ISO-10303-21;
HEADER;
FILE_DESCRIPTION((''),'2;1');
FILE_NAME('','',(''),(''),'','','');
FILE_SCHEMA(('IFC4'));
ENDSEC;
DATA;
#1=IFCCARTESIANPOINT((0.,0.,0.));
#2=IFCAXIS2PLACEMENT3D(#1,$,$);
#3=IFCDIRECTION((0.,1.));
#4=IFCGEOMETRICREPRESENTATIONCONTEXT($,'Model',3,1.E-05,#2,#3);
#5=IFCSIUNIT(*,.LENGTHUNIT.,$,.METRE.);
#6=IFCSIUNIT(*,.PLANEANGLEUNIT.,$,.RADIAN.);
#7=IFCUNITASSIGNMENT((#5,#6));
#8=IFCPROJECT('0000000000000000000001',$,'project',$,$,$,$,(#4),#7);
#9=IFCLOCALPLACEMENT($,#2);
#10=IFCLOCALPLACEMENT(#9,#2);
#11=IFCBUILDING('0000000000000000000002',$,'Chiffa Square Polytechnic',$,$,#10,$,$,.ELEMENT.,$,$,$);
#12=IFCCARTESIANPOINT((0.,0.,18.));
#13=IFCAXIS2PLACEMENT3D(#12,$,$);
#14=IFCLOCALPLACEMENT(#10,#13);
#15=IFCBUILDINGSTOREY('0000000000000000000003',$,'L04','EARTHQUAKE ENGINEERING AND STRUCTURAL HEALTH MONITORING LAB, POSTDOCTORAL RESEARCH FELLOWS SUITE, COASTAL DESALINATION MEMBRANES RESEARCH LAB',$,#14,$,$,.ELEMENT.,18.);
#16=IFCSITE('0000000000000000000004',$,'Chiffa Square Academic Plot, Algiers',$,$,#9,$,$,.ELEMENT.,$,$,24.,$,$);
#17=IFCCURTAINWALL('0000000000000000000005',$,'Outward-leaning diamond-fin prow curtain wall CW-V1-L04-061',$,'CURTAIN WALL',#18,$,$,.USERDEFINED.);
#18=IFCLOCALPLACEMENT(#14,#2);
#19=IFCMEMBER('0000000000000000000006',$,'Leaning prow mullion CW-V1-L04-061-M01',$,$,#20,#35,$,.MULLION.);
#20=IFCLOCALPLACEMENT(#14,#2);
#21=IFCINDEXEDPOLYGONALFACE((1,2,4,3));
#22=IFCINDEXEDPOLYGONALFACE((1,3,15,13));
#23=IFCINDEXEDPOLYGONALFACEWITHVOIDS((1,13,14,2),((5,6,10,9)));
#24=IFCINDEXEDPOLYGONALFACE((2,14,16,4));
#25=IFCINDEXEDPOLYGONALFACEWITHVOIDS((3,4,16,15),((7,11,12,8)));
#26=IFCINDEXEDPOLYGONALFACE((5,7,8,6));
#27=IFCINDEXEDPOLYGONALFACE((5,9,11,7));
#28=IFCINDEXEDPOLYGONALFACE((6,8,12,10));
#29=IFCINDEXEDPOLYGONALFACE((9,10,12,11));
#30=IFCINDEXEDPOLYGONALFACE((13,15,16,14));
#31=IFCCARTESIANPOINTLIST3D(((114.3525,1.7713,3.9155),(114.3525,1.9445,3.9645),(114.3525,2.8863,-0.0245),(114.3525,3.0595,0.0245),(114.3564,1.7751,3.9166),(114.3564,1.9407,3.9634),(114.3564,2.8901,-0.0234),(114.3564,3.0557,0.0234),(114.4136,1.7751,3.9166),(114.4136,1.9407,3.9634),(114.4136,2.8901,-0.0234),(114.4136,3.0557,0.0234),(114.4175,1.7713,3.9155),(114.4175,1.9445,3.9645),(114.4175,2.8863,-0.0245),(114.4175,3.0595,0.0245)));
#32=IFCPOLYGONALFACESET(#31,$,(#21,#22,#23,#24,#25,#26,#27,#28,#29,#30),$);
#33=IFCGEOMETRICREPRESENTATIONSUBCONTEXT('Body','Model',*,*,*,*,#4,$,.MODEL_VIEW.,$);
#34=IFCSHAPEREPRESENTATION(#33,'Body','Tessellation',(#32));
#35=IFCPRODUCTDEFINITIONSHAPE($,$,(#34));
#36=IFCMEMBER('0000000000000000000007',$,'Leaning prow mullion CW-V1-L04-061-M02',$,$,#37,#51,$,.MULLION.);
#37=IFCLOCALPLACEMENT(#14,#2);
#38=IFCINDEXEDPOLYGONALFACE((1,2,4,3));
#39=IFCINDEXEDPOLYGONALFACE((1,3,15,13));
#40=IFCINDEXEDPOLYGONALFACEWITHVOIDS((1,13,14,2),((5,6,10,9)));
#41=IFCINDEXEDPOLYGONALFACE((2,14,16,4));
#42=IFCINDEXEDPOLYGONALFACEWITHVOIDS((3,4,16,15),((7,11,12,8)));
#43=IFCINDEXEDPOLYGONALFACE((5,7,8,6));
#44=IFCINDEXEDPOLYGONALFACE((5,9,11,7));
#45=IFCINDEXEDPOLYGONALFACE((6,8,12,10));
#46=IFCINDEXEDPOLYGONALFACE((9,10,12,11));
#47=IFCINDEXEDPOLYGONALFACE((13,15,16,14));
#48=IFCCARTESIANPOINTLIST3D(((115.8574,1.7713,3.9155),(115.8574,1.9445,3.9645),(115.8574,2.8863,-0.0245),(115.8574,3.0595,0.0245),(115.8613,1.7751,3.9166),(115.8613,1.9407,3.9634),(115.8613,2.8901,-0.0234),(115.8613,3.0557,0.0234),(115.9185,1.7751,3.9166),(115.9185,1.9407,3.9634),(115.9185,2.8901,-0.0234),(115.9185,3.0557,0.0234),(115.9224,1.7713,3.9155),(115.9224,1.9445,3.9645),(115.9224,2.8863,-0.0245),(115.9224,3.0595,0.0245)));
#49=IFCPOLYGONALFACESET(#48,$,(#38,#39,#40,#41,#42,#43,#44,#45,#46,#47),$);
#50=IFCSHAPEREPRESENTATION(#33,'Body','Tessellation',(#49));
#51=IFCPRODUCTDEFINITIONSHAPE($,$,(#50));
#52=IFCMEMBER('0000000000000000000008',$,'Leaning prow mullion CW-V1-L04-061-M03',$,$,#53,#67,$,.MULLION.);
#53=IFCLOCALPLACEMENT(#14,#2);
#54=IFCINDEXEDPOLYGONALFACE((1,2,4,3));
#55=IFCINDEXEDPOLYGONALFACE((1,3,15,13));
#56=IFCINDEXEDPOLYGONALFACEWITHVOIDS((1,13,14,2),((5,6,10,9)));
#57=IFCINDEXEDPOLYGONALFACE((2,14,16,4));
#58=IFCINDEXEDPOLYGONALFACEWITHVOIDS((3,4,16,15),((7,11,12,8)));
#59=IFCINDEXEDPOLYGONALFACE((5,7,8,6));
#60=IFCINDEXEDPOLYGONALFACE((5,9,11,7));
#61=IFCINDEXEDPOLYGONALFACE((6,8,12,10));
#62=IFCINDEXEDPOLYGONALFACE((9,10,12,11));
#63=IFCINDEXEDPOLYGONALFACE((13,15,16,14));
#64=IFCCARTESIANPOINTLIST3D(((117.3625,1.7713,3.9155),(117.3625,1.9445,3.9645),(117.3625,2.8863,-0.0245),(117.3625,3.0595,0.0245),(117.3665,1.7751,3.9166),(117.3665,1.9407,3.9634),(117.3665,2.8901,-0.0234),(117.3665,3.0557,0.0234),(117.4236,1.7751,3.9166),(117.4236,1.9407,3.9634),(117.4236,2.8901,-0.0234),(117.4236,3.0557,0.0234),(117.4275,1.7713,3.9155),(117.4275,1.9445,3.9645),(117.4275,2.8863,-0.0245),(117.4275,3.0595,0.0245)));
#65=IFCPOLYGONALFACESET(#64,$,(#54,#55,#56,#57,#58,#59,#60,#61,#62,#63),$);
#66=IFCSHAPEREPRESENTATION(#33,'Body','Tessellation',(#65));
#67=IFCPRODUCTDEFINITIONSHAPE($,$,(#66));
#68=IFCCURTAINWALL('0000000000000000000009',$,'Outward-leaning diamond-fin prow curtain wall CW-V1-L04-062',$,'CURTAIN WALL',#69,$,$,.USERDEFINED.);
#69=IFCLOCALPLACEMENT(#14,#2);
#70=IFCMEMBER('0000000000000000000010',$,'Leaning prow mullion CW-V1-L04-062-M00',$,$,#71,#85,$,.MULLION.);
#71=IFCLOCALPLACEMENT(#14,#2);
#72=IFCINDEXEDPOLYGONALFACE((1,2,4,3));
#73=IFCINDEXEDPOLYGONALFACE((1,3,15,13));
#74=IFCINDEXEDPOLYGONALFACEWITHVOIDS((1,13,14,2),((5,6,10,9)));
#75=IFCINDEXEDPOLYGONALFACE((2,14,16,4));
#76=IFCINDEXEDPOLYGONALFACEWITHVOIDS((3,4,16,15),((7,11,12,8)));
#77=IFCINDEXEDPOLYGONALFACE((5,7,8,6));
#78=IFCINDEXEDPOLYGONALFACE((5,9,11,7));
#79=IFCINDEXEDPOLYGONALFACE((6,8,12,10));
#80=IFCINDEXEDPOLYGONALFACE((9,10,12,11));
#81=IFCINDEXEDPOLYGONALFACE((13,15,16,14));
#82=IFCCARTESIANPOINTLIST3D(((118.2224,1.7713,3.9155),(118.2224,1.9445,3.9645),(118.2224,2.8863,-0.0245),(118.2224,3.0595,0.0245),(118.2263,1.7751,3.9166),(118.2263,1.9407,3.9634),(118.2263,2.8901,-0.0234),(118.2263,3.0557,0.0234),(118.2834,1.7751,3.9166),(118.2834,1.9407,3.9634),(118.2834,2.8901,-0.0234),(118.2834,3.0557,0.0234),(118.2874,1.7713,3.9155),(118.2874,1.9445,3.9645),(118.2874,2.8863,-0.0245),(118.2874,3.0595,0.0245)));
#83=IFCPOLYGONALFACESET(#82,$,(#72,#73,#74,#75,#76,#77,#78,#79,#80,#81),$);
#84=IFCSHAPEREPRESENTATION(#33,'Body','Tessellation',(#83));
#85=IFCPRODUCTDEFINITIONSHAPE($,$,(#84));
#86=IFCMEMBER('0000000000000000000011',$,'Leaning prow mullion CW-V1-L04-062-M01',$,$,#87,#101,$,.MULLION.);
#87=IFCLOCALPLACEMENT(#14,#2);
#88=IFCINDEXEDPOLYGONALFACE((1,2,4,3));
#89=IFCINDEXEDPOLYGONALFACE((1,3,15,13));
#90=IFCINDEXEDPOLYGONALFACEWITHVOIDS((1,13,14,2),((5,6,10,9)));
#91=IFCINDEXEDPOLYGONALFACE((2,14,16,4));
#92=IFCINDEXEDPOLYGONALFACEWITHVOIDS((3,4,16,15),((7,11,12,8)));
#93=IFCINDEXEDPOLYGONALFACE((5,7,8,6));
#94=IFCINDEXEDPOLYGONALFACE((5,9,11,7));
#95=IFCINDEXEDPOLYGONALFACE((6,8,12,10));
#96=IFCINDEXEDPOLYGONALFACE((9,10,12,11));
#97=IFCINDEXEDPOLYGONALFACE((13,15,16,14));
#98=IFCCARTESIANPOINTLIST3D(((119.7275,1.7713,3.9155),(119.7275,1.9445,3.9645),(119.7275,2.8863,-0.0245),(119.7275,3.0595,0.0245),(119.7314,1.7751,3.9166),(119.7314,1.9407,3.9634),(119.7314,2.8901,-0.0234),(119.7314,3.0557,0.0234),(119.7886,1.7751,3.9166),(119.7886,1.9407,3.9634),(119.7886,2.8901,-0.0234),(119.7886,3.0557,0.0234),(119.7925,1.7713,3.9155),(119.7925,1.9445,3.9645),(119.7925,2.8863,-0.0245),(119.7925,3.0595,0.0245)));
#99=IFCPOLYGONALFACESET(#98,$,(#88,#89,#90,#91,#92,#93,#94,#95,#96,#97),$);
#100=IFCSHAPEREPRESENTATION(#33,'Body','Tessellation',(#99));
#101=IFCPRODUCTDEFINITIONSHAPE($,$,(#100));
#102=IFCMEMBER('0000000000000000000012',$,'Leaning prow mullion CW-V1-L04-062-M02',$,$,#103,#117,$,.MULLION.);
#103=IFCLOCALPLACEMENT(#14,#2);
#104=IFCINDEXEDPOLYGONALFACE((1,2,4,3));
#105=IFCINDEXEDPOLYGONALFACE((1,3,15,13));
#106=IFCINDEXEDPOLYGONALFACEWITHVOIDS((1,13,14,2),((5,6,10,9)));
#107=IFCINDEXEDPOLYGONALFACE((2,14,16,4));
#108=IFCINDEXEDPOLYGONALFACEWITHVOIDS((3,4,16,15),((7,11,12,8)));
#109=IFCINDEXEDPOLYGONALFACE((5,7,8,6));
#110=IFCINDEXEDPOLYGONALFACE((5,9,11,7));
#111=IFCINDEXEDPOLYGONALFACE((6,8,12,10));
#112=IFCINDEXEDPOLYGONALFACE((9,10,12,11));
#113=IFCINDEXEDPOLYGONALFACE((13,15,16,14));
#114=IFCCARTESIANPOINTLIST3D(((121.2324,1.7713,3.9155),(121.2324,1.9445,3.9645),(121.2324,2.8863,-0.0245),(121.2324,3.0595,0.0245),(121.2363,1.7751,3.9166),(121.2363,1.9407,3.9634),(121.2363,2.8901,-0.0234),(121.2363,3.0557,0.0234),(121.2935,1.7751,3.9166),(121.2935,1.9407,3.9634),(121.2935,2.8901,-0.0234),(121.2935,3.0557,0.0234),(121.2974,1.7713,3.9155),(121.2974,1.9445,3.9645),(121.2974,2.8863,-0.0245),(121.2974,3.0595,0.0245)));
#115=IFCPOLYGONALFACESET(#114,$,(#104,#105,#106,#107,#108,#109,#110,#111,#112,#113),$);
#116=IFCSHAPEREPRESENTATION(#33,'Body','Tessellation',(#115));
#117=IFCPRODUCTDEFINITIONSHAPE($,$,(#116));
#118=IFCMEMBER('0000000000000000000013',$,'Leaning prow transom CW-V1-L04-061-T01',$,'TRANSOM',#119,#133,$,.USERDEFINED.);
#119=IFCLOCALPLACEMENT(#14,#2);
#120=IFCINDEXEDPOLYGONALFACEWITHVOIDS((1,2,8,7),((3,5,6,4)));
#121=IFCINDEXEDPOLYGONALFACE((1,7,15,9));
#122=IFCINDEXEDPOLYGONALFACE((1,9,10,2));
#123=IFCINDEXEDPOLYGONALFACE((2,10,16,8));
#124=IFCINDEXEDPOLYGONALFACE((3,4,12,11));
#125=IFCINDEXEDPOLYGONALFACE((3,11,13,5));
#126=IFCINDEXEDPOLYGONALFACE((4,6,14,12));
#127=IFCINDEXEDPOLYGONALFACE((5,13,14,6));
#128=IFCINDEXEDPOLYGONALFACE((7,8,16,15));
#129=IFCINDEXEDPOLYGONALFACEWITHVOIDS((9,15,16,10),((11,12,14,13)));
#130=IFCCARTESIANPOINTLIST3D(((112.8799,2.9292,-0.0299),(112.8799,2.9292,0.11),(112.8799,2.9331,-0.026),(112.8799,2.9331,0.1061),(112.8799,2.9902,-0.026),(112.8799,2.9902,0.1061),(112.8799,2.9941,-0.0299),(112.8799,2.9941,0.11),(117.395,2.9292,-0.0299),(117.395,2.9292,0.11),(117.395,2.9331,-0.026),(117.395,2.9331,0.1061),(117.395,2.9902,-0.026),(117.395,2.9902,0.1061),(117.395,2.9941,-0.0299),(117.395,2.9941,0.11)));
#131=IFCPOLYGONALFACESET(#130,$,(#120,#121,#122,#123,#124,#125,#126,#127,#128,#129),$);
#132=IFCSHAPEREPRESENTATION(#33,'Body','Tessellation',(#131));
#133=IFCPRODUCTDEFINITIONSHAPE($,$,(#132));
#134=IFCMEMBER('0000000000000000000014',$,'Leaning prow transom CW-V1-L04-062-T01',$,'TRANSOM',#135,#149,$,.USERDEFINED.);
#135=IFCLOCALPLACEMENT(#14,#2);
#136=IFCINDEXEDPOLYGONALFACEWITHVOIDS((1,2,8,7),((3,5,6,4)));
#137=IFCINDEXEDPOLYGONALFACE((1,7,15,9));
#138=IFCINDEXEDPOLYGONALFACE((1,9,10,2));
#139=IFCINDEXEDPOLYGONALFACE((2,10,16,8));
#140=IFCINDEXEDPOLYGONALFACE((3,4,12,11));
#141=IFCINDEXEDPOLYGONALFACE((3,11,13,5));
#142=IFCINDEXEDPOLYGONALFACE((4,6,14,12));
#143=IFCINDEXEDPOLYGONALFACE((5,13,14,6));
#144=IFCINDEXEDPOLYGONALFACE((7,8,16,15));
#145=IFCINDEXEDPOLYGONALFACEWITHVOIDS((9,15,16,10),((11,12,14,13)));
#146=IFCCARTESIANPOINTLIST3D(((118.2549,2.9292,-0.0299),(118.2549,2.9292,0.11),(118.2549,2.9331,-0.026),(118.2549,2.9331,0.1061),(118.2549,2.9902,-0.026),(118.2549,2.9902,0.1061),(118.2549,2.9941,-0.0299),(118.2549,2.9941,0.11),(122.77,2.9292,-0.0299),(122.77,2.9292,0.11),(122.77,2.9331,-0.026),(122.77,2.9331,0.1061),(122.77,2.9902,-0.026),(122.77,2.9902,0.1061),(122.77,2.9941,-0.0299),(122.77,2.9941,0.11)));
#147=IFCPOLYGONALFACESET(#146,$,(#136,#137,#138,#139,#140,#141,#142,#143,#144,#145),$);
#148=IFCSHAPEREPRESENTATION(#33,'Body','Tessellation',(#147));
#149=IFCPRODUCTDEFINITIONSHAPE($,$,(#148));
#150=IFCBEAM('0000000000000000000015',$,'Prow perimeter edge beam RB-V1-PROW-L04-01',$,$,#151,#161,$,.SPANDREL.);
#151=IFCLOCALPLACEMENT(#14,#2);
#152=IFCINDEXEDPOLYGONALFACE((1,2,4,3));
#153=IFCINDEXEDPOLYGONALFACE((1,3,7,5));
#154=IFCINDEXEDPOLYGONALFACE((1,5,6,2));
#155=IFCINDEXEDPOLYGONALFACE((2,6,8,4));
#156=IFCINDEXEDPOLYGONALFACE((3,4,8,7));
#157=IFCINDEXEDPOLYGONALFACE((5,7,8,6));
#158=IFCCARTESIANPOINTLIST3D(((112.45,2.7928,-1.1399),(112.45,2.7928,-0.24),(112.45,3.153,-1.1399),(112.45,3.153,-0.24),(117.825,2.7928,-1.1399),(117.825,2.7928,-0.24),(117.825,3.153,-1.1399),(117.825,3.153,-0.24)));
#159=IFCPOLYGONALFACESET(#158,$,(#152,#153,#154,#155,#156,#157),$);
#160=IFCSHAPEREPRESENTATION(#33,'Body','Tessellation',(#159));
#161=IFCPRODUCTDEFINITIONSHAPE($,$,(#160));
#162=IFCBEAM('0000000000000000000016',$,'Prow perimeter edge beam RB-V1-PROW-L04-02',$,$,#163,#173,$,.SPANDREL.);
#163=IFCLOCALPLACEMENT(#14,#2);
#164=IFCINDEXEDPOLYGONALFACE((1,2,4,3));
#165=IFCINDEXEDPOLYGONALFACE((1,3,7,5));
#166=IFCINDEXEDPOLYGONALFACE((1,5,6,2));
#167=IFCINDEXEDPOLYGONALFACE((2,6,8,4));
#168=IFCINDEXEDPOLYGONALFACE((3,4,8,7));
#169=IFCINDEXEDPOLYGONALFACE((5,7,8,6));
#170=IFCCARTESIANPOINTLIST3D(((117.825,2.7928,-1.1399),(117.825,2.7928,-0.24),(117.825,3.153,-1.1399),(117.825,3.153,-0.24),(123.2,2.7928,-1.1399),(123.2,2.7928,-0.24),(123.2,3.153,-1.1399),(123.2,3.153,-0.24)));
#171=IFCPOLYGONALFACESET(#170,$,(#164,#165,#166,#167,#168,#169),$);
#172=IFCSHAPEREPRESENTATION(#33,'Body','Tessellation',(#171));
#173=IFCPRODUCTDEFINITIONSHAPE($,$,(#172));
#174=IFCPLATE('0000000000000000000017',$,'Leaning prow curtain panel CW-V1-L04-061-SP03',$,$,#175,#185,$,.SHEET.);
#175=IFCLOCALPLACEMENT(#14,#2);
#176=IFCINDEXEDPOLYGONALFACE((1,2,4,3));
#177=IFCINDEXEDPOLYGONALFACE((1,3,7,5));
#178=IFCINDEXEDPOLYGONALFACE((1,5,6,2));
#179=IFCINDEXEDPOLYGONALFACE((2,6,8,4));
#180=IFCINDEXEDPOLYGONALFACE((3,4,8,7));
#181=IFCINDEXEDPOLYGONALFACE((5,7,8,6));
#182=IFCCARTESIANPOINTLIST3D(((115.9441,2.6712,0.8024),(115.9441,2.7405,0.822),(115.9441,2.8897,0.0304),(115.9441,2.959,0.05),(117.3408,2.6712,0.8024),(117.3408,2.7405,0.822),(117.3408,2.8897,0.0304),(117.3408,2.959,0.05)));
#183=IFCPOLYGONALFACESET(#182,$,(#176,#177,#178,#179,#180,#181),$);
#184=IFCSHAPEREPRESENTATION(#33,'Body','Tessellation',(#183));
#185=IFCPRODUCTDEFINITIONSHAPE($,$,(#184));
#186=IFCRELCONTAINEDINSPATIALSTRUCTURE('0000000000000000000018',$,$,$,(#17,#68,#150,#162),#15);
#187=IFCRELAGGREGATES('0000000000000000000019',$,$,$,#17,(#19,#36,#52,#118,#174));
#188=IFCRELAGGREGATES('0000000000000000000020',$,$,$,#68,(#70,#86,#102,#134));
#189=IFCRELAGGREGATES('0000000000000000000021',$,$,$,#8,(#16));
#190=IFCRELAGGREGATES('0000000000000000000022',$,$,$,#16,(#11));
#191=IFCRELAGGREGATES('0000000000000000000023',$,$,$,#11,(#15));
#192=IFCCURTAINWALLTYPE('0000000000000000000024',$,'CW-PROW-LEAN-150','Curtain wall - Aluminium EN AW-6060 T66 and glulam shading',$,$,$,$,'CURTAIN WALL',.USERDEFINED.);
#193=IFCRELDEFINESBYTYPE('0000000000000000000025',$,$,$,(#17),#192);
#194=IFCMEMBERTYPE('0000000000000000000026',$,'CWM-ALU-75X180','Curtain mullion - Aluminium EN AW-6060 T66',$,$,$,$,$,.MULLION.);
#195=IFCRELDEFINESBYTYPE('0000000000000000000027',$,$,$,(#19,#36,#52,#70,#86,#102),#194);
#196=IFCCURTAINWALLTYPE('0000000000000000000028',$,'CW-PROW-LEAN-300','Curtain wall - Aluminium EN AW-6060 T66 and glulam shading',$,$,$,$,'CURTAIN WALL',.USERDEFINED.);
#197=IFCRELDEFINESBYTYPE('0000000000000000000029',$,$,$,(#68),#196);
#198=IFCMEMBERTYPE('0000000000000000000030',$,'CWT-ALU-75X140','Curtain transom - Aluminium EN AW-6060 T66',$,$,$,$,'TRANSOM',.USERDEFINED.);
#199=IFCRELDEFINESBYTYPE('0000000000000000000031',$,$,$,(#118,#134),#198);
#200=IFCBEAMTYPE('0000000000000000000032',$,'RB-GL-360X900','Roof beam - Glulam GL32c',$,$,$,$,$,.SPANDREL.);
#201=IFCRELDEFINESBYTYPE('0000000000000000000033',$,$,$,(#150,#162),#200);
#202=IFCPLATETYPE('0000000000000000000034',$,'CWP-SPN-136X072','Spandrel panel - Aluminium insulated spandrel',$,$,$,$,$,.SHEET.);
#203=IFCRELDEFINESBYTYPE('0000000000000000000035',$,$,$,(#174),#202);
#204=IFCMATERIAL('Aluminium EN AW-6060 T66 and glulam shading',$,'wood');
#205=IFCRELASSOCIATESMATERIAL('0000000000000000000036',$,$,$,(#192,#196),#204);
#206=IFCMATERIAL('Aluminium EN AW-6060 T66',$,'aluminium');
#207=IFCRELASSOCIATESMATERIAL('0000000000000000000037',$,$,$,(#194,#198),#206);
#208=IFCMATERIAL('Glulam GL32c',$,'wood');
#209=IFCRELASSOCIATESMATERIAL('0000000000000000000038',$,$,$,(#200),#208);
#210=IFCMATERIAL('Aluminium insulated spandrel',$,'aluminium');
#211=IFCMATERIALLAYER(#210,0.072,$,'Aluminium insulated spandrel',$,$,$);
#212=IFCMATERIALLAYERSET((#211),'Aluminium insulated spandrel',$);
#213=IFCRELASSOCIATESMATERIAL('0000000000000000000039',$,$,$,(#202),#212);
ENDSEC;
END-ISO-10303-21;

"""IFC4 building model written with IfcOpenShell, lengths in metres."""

from ifc_helpers import new_model, si_unit, direction, frame, origin, origin_2d, place, context, subcontext, project, spatial, polyline, rectangle, hollow_rectangle, outline, extrude, material, layer, layer_set, material_profile, profile_set, type_object, element, aggregate, save


model = new_model("IFC4")

# Units and contexts
model_context = context("Model", 3, precision=1e-05, world=origin(), true_north=direction((0.0, 1.0)))
body_context = subcontext(model_context, "Body", "Model", "MODEL_VIEW")
ifc_project = project(units=[si_unit("LENGTHUNIT", "METRE"), si_unit("PLANEANGLEUNIT", "RADIAN")], contexts=[model_context])

# Site, building, storey
site_placement = place(None, origin())
site = spatial("IfcSite", under=ifc_project, at=site_placement, Name="Chiffa Square Academic Plot, Algiers", CompositionType="ELEMENT", RefElevation=24.0)
building_placement = place(site_placement, origin())
building = spatial("IfcBuilding", under=site, at=building_placement, Name="Chiffa Square Polytechnic", CompositionType="ELEMENT")
storey_placement = place(building_placement, frame((0.0, 0.0, 18.0)))
storey = spatial("IfcBuildingStorey", under=building, at=storey_placement, Name="L04", Description="EARTHQUAKE ENGINEERING AND STRUCTURAL HEALTH MONITORING LAB, POSTDOCTORAL RESEARCH FELLOWS SUITE, COASTAL DESALINATION MEMBRANES RESEARCH LAB", CompositionType="ELEMENT", Elevation=18.0)

# Shared definitions
ifc_material_1 = material(Name="Glulam GL32c", Category="wood")

# Curtain walls, members
ifc_material_2 = material(Name="Aluminium EN AW-6060 T66 and glulam shading", Category="wood")
curtain_wall_type_1 = type_object("IfcCurtainWallType", Name="CW-PROW-LEAN-150", Description="Curtain wall - Aluminium EN AW-6060 T66 and glulam shading", ElementType="CURTAIN WALL", PredefinedType="USERDEFINED", material=ifc_material_2)
curtain_wall_1_placement = place(storey_placement, origin())
curtain_wall_1 = element("IfcCurtainWall", 1, at=curtain_wall_1_placement, inside=storey, type_object=curtain_wall_type_1, Name="Outward-leaning diamond-fin prow curtain wall CW-V1-L04-061", ObjectType="CURTAIN WALL", PredefinedType="USERDEFINED")
ifc_material_3 = material(Name="Aluminium EN AW-6060 T66", Category="aluminium")
ifc_material_profile_1 = material_profile(ifc_material_3, hollow_rectangle(XDim=0.0649, YDim=0.1799, WallThickness=0.0039, at=origin_2d()), Name="ALU 65x180x4")
ifc_profile_set_1 = profile_set([ifc_material_profile_1], Name="Aluminium EN AW-6060 T66")
member_type_1 = type_object("IfcMemberType", Name="CWM-ALU-75X180", Description="Curtain mullion - Aluminium EN AW-6060 T66", PredefinedType="MULLION", material=ifc_profile_set_1)
member_1_placement = place(storey_placement, frame((114.385, 2.9729, 0.0), z_axis=(0.0, -0.272303, 0.962212), x_axis=(1.0, 0.0, 0.0)))
member_1 = element("IfcMember", 2, at=member_1_placement, type_object=member_type_1, Name="Leaning prow mullion CW-V1-L04-061-M01", PredefinedType="MULLION", context=body_context, shape_type="SweptSolid", body=[
    extrude(hollow_rectangle(XDim=0.0649, YDim=0.1799, WallThickness=0.0039, at=origin_2d()), origin(), (0.0, 0.0, 1.0), 4.0947),
])
member_2_placement = place(storey_placement, frame((115.8899, 2.9729, 0.0), z_axis=(0.0, -0.272303, 0.962212), x_axis=(1.0, 0.0, 0.0)))
member_2 = element("IfcMember", 3, at=member_2_placement, type_object=member_type_1, Name="Leaning prow mullion CW-V1-L04-061-M02", PredefinedType="MULLION", context=body_context, shape_type="SweptSolid", body=[
    extrude(hollow_rectangle(XDim=0.0649, YDim=0.1799, WallThickness=0.0039, at=origin_2d()), origin(), (0.0, 0.0, 1.0), 4.0947),
])
member_3_placement = place(storey_placement, frame((117.395, 2.9729, 0.0), z_axis=(0.0, -0.272303, 0.962212), x_axis=(1.0, 0.0, 0.0)))
member_3 = element("IfcMember", 4, at=member_3_placement, type_object=member_type_1, Name="Leaning prow mullion CW-V1-L04-061-M03", PredefinedType="MULLION", context=body_context, shape_type="SweptSolid", body=[
    extrude(hollow_rectangle(XDim=0.0649, YDim=0.1799, WallThickness=0.0039, at=origin_2d()), origin(), (0.0, 0.0, 1.0), 4.0947),
])
curtain_wall_type_2 = type_object("IfcCurtainWallType", Name="CW-PROW-LEAN-300", Description="Curtain wall - Aluminium EN AW-6060 T66 and glulam shading", ElementType="CURTAIN WALL", PredefinedType="USERDEFINED", material=ifc_material_2)
curtain_wall_2_placement = place(storey_placement, origin())
curtain_wall_2 = element("IfcCurtainWall", 5, at=curtain_wall_2_placement, inside=storey, type_object=curtain_wall_type_2, Name="Outward-leaning diamond-fin prow curtain wall CW-V1-L04-062", ObjectType="CURTAIN WALL", PredefinedType="USERDEFINED")
member_4_placement = place(storey_placement, frame((118.2549, 2.9729, 0.0), z_axis=(0.0, -0.272303, 0.962212), x_axis=(1.0, 0.0, 0.0)))
member_4 = element("IfcMember", 6, at=member_4_placement, type_object=member_type_1, Name="Leaning prow mullion CW-V1-L04-062-M00", PredefinedType="MULLION", context=body_context, shape_type="SweptSolid", body=[
    extrude(hollow_rectangle(XDim=0.0649, YDim=0.1799, WallThickness=0.0039, at=origin_2d()), origin(), (0.0, 0.0, 1.0), 4.0947),
])
member_5_placement = place(storey_placement, frame((119.76, 2.9729, 0.0), z_axis=(0.0, -0.272303, 0.962212), x_axis=(1.0, 0.0, 0.0)))
member_5 = element("IfcMember", 7, at=member_5_placement, type_object=member_type_1, Name="Leaning prow mullion CW-V1-L04-062-M01", PredefinedType="MULLION", context=body_context, shape_type="SweptSolid", body=[
    extrude(hollow_rectangle(XDim=0.0649, YDim=0.1799, WallThickness=0.0039, at=origin_2d()), origin(), (0.0, 0.0, 1.0), 4.0947),
])
member_6_placement = place(storey_placement, frame((121.2649, 2.9729, 0.0), z_axis=(0.0, -0.272303, 0.962212), x_axis=(1.0, 0.0, 0.0)))
member_6 = element("IfcMember", 8, at=member_6_placement, type_object=member_type_1, Name="Leaning prow mullion CW-V1-L04-062-M02", PredefinedType="MULLION", context=body_context, shape_type="SweptSolid", body=[
    extrude(hollow_rectangle(XDim=0.0649, YDim=0.1799, WallThickness=0.0039, at=origin_2d()), origin(), (0.0, 0.0, 1.0), 4.0947),
])

# Members
ifc_material_profile_2 = material_profile(ifc_material_3, hollow_rectangle(XDim=0.0649, YDim=0.1399, WallThickness=0.0039, at=origin_2d()), Name="ALU 65x140x4")
ifc_profile_set_2 = profile_set([ifc_material_profile_2], Name="Aluminium EN AW-6060 T66")
member_type_2 = type_object("IfcMemberType", Name="CWT-ALU-75X140", Description="Curtain transom - Aluminium EN AW-6060 T66", ElementType="TRANSOM", PredefinedType="USERDEFINED", material=ifc_profile_set_2)
member_7_placement = place(storey_placement, frame((112.8799, 2.9617, 0.04), z_axis=(1.0, 0.0, 0.0), x_axis=(0.0, 1.0, 0.0)))
member_7 = element("IfcMember", 9, at=member_7_placement, type_object=member_type_2, Name="Leaning prow transom CW-V1-L04-061-T01", ObjectType="TRANSOM", PredefinedType="USERDEFINED", context=body_context, shape_type="SweptSolid", body=[
    extrude(hollow_rectangle(XDim=0.0649, YDim=0.1399, WallThickness=0.0039, at=origin_2d()), origin(), (0.0, 0.0, 1.0), 4.5151),
])
member_8_placement = place(storey_placement, frame((118.2549, 2.9617, 0.04), z_axis=(1.0, 0.0, 0.0), x_axis=(0.0, 1.0, 0.0)))
member_8 = element("IfcMember", 10, at=member_8_placement, type_object=member_type_2, Name="Leaning prow transom CW-V1-L04-062-T01", ObjectType="TRANSOM", PredefinedType="USERDEFINED", context=body_context, shape_type="SweptSolid", body=[
    extrude(hollow_rectangle(XDim=0.0649, YDim=0.1399, WallThickness=0.0039, at=origin_2d()), origin(), (0.0, 0.0, 1.0), 4.5151),
])

# Beams
ifc_material_profile_3 = material_profile(ifc_material_1, rectangle(XDim=0.3601, YDim=0.8999, at=origin_2d()), Name="GL32c 360x900")
ifc_profile_set_3 = profile_set([ifc_material_profile_3], Name="Glulam GL32c")
beam_type_1 = type_object("IfcBeamType", Name="RB-GL-360X900", Description="Roof beam - Glulam GL32c", PredefinedType="SPANDREL", material=ifc_profile_set_3)
for number, where, z_axis, x_axis, name in (
    (11, (112.45, 2.9729, -0.6899), (1.0, 0.0, 0.0), (0.0, 1.0, 0.0), "Prow perimeter edge beam RB-V1-PROW-L04-01"),
    (12, (117.825, 2.9729, -0.6899), (1.0, 0.0, 0.0), (0.0, 1.0, 0.0), "Prow perimeter edge beam RB-V1-PROW-L04-02"),
):
    element("IfcBeam", number, at=place(storey_placement, frame(where, z_axis=z_axis, x_axis=x_axis)), inside=storey, type_object=beam_type_1, Name=name, PredefinedType="SPANDREL", context=body_context, shape_type="SweptSolid", body=[
        extrude(rectangle(XDim=0.3601, YDim=0.8999, at=origin_2d()), origin(), (0.0, 0.0, 1.0), 5.375),
    ])

# Plate
ifc_material_4 = material(Name="Aluminium insulated spandrel", Category="aluminium")
ifc_layer_1 = layer(ifc_material_4, 0.072, Name="Aluminium insulated spandrel")
ifc_layer_set_1 = layer_set([ifc_layer_1], Name="Aluminium insulated spandrel")
plate_type_1 = type_object("IfcPlateType", Name="CWP-SPN-136X072", Description="Spandrel panel - Aluminium insulated spandrel", PredefinedType="SHEET", material=ifc_layer_set_1)
plate_1_placement = place(storey_placement, frame((115.9441, 2.959, 0.05), z_axis=(0.0, 0.962199, 0.272349), x_axis=(1.0, 0.0, 0.0)))
plate_1 = element("IfcPlate", 13, at=plate_1_placement, type_object=plate_type_1, Name="Leaning prow curtain panel CW-V1-L04-061-SP03", PredefinedType="SHEET", context=body_context, shape_type="SweptSolid", body=[
    extrude(outline(polyline([(0.0, 0.0), (1.3967, 0.0), (1.3967, -0.8023), (0.0, -0.8023), (0.0, 0.0)])), origin(), (0.0, 0.0, -1.0), 0.072),
])
aggregate(curtain_wall_1, [member_1, member_2, member_3, member_7, plate_1])
aggregate(curtain_wall_2, [member_4, member_5, member_6, member_8])

save(model, "model.ifc")
